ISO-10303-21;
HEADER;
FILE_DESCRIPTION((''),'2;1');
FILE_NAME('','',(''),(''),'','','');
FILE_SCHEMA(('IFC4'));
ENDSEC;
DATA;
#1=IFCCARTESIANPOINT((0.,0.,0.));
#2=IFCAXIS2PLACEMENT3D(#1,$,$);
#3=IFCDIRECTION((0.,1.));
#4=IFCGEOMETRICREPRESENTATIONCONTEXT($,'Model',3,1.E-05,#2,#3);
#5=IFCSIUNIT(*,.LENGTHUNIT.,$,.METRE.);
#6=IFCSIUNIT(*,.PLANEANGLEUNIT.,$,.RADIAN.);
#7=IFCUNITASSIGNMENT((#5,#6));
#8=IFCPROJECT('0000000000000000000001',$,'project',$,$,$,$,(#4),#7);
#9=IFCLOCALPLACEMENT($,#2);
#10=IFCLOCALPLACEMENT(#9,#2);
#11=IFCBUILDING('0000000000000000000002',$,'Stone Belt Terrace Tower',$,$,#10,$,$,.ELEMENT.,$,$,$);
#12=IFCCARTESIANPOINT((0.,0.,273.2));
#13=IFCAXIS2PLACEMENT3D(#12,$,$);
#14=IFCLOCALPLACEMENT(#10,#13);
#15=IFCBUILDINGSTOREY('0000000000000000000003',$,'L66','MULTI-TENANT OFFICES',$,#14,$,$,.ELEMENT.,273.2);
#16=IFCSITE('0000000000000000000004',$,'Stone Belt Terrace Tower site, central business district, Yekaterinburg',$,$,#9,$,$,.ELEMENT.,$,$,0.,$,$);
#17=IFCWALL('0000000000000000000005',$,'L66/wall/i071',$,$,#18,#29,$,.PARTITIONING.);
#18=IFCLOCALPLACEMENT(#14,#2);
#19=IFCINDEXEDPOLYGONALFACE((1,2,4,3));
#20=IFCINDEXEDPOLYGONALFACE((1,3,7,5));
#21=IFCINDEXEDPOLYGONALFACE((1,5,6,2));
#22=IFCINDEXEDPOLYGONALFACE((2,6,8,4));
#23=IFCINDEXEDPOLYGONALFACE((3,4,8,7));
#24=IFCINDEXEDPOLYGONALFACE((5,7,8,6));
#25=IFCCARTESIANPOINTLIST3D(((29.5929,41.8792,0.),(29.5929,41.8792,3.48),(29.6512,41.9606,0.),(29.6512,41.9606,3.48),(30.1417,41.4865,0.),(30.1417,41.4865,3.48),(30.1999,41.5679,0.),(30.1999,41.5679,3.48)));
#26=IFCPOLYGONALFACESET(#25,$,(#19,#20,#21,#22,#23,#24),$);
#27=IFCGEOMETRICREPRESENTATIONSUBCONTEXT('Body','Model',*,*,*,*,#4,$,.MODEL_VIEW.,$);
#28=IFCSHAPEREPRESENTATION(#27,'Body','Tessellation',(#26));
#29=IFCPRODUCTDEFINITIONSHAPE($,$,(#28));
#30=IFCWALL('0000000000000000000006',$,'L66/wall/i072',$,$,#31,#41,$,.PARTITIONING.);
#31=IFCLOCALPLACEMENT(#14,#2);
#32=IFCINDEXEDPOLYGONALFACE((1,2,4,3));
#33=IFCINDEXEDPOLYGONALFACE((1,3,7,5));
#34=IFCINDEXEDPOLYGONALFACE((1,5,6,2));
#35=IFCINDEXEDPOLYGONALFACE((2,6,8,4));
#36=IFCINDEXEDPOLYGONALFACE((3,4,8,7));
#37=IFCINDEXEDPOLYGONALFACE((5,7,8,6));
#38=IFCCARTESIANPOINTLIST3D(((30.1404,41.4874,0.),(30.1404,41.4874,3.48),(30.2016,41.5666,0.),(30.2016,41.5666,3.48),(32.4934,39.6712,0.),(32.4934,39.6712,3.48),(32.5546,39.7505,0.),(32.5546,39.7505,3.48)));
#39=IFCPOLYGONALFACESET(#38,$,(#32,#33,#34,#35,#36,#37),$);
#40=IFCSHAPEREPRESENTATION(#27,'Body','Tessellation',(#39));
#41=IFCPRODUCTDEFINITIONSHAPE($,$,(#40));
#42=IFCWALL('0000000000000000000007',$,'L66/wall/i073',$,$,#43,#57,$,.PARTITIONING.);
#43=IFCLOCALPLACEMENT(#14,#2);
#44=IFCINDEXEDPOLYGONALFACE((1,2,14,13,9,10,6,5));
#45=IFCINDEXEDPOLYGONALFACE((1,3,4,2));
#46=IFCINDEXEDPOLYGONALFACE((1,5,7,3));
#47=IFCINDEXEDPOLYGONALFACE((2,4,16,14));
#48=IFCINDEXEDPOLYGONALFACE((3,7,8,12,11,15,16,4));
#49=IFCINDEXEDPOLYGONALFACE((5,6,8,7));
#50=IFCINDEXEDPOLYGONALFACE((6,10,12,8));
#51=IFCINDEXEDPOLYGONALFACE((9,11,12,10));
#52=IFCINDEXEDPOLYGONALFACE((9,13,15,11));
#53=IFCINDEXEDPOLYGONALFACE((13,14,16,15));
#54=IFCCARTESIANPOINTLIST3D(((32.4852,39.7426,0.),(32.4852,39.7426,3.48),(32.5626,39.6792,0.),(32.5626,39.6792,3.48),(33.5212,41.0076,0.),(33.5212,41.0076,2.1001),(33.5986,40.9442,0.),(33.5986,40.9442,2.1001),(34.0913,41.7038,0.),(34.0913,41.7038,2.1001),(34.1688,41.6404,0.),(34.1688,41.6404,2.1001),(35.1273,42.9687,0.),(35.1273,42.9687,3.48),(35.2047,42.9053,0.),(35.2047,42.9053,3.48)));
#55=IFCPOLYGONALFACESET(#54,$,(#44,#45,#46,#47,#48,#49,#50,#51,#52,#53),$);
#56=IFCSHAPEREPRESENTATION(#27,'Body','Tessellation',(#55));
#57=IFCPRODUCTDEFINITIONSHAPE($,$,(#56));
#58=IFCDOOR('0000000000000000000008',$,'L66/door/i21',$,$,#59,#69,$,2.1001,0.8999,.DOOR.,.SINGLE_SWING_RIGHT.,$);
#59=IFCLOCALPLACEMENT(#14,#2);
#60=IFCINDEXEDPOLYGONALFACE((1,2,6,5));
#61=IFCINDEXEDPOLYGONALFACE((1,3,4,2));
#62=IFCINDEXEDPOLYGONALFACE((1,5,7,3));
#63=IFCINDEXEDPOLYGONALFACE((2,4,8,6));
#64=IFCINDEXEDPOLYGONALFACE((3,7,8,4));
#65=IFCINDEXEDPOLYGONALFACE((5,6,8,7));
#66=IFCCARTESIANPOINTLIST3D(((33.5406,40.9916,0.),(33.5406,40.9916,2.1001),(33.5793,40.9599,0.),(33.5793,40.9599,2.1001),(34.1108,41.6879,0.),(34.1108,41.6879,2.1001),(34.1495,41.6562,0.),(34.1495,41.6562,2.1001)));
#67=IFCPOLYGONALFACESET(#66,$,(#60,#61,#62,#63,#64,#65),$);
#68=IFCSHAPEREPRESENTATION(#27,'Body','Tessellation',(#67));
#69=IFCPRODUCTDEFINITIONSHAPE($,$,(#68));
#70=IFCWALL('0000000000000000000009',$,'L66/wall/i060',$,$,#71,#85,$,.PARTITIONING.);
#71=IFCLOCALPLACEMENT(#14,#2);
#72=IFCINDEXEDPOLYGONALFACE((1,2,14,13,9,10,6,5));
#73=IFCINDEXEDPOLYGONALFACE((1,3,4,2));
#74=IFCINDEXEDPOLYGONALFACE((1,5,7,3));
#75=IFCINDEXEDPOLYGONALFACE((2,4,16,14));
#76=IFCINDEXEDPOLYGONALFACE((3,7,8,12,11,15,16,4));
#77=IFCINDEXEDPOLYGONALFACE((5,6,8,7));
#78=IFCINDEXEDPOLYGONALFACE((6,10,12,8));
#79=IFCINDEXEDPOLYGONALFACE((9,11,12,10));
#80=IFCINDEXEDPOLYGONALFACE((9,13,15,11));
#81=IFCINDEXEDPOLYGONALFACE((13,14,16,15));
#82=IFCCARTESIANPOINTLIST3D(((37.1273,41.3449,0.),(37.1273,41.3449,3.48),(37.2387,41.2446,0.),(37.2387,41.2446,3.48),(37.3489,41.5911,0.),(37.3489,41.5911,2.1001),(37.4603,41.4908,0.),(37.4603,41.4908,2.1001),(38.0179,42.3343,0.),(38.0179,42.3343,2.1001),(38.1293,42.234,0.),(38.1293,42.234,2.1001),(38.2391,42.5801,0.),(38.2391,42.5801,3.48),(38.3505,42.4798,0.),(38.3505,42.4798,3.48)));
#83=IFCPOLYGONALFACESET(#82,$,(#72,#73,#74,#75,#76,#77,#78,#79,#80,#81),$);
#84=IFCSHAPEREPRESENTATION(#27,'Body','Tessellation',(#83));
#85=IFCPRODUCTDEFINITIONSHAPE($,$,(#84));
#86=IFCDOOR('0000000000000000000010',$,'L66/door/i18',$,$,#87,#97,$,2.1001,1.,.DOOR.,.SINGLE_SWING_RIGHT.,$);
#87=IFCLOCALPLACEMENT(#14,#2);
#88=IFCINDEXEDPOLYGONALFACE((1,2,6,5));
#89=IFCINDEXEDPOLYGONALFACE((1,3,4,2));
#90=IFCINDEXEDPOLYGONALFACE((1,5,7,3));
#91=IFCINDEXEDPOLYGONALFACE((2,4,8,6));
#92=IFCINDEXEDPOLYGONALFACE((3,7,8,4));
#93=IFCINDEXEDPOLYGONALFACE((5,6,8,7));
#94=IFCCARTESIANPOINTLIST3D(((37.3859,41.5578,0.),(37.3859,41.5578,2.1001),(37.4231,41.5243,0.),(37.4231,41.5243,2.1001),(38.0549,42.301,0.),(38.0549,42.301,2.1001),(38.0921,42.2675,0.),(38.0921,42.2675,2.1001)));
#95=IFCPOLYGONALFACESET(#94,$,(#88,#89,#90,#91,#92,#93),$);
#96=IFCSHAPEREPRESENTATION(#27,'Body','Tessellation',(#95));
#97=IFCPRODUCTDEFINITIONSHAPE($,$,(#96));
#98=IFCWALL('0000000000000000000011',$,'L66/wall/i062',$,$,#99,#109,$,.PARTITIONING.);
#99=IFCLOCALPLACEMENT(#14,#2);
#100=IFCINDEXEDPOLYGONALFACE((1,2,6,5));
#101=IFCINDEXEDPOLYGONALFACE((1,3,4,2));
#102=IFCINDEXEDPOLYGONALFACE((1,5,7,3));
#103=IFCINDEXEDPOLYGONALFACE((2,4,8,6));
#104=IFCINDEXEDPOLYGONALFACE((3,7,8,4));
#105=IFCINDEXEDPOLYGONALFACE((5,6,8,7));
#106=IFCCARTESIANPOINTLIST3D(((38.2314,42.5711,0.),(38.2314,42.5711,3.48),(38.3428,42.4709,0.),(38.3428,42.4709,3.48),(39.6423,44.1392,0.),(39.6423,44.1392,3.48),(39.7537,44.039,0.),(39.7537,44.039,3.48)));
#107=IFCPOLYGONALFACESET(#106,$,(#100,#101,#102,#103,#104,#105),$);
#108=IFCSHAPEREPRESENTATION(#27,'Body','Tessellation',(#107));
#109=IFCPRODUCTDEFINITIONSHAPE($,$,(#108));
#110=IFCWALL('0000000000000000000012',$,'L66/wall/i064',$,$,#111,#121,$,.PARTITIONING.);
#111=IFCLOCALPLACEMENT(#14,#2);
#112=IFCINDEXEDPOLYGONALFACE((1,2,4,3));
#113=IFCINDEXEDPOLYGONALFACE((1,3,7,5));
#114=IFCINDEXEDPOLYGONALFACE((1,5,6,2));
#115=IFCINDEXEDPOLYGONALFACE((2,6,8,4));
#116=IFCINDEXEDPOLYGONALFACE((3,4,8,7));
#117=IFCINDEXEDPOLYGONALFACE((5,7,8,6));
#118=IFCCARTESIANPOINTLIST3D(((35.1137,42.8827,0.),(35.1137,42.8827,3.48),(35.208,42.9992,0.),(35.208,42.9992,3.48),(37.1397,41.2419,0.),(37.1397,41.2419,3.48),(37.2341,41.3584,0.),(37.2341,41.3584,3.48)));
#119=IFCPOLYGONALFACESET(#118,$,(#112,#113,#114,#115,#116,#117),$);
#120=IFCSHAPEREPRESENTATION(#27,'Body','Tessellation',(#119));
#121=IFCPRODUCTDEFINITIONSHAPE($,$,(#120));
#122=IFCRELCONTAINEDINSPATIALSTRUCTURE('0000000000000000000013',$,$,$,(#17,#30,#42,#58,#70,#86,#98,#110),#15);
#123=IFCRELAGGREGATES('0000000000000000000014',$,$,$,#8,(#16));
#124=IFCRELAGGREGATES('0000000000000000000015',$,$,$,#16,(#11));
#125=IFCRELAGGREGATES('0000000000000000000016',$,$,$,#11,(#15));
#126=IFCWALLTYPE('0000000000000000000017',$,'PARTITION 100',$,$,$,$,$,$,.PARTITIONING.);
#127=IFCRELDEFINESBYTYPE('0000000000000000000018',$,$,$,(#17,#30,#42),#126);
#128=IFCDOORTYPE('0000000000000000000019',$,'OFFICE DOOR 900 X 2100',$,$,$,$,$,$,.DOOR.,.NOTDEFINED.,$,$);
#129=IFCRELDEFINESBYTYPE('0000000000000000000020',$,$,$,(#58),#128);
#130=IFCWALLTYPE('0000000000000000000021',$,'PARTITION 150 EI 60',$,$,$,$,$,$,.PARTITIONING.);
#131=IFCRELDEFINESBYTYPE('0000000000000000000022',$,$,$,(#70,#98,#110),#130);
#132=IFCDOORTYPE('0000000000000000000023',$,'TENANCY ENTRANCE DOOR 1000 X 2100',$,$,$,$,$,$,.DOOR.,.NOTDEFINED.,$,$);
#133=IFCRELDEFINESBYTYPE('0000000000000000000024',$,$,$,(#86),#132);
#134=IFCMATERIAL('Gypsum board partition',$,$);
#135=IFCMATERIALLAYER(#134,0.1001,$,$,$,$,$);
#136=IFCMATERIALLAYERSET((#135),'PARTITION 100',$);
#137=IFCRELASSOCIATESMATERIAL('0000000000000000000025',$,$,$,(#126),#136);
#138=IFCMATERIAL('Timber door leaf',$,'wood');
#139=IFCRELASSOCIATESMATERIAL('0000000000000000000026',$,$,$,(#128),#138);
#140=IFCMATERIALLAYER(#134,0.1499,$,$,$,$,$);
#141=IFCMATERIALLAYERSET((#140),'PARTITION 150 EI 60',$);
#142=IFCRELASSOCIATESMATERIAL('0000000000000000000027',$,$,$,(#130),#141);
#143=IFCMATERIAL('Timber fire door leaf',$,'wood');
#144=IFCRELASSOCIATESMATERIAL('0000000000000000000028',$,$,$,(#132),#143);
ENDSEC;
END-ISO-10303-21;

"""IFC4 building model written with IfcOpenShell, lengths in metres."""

from ifc_helpers import new_model, si_unit, direction, frame, frame_2d, origin, place, context, subcontext, project, spatial, rectangle, extrude, material, layer, layer_set, type_object, element, fill, save


model = new_model("IFC4")

# Units and contexts
model_context = context("Model", 3, precision=1e-05, world=origin(), true_north=direction((0.0, 1.0)))
body_context = subcontext(model_context, "Body", "Model", "MODEL_VIEW")
ifc_project = project(units=[si_unit("LENGTHUNIT", "METRE"), si_unit("PLANEANGLEUNIT", "RADIAN")], contexts=[model_context])

# Site, building, storey
site_placement = place(None, origin())
site = spatial("IfcSite", under=ifc_project, at=site_placement, Name="Stone Belt Terrace Tower site, central business district, Yekaterinburg", CompositionType="ELEMENT", RefElevation=0.0)
building_placement = place(site_placement, origin())
building = spatial("IfcBuilding", under=site, at=building_placement, Name="Stone Belt Terrace Tower", CompositionType="ELEMENT")
storey_placement = place(building_placement, frame((0.0, 0.0, 273.2)))
storey = spatial("IfcBuildingStorey", under=building, at=storey_placement, Name="L66", Description="MULTI-TENANT OFFICES", CompositionType="ELEMENT", Elevation=273.2)

# Walls
ifc_material_1 = material(Name="Gypsum board partition")
ifc_layer_1 = layer(ifc_material_1, 0.1001)
ifc_layer_set_1 = layer_set([ifc_layer_1], Name="PARTITION 100")
wall_type_1 = type_object("IfcWallType", Name="PARTITION 100", PredefinedType="PARTITIONING", material=ifc_layer_set_1)
wall_1_placement = place(storey_placement, frame((29.6221, 41.9199, 0.0), z_axis=(0.0, 0.0, 1.0), x_axis=(0.813171, -0.582025, 0.0)))
element("IfcWall", 1, at=wall_1_placement, inside=storey, type_object=wall_type_1, Name="L66/wall/i071", PredefinedType="PARTITIONING", context=body_context, shape_type="SweptSolid", body=[
    extrude(rectangle(XDim=0.6748, YDim=0.1001, at=frame_2d((0.3374, 0.0))), origin(), (0.0, 0.0, 1.0), 3.48),
])
wall_2_placement = place(storey_placement, frame((30.1709, 41.5271, 0.0), z_axis=(0.0, 0.0, 1.0), x_axis=(0.791624, -0.611008, 0.0)))
element("IfcWall", 2, at=wall_2_placement, inside=storey, type_object=wall_type_1, Name="L66/wall/i072", PredefinedType="PARTITIONING", context=body_context, shape_type="SweptSolid", body=[
    extrude(rectangle(XDim=2.9724, YDim=0.1001, at=frame_2d((1.4863, 0.0))), origin(), (0.0, 0.0, 1.0), 3.48),
])

# Walls, openings, doors
wall_3_placement = place(storey_placement, frame((32.5239, 39.7109, 0.0), z_axis=(0.0, 0.0, 1.0), x_axis=(0.633608, 0.773655, 0.0)))
wall_3 = element("IfcWall", 3, at=wall_3_placement, inside=storey, type_object=wall_type_1, Name="L66/wall/i073", PredefinedType="PARTITIONING", context=body_context, shape_type="SweptSolid", body=[
    extrude(rectangle(XDim=4.1699, YDim=0.1001, at=frame_2d((2.085, 0.0))), origin(), (0.0, 0.0, 1.0), 3.48),
])
opening_1_placement = place(wall_3_placement, frame((1.635, 0.0, 0.0)))
opening_1 = element("IfcOpeningElement", 4, at=opening_1_placement, cuts=wall_3, PredefinedType="OPENING", context=body_context, shape_type="SweptSolid", body=[
    extrude(rectangle(XDim=0.8999, YDim=2.1001, at=frame_2d((0.45, 1.05))), frame((0.0, 0.0601, 0.0), z_axis=(0.0, -1.0, 0.0), x_axis=(1.0, 0.0, 0.0)), (0.0, 0.0, 1.0), 0.1201),
])
ifc_material_2 = material(Name="Timber door leaf", Category="wood")
door_type_1 = type_object("IfcDoorType", Name="OFFICE DOOR 900 X 2100", OperationType="NOTDEFINED", PredefinedType="DOOR", material=ifc_material_2)
door_1_placement = place(opening_1_placement, origin())
door_1 = element("IfcDoor", 5, at=door_1_placement, inside=storey, type_object=door_type_1, Name="L66/door/i21", OperationType="SINGLE_SWING_RIGHT", OverallHeight=2.1001, OverallWidth=0.8999, PredefinedType="DOOR", context=body_context, shape_type="SweptSolid", body=[
    extrude(rectangle(XDim=0.8999, YDim=2.1001, at=frame_2d((0.45, 1.05))), frame((0.0, 0.0249, 0.0), z_axis=(0.0, -1.0, 0.0), x_axis=(1.0, 0.0, 0.0)), (0.0, 0.0, 1.0), 0.05),
])
fill(opening_1, door_1)
ifc_layer_2 = layer(ifc_material_1, 0.1499)
ifc_layer_set_2 = layer_set([ifc_layer_2], Name="PARTITION 150 EI 60")
wall_type_2 = type_object("IfcWallType", Name="PARTITION 150 EI 60", PredefinedType="PARTITIONING", material=ifc_layer_set_2)
wall_4_placement = place(storey_placement, frame((38.2949, 42.53, 0.0), z_axis=(0.0, 0.0, 1.0), x_axis=(-0.669038, -0.743228, 0.0)))
wall_4 = element("IfcWall", 6, at=wall_4_placement, inside=storey, type_object=wall_type_2, Name="L66/wall/i060", PredefinedType="PARTITIONING", context=body_context, shape_type="SweptSolid", body=[
    extrude(rectangle(XDim=1.6619, YDim=0.1499, at=frame_2d((0.8311, 0.0))), origin(), (0.0, 0.0, 1.0), 3.48),
])
opening_2_placement = place(wall_4_placement, frame((0.3308, 0.0, 0.0)))
opening_2 = element("IfcOpeningElement", 7, at=opening_2_placement, cuts=wall_4, PredefinedType="OPENING", context=body_context, shape_type="SweptSolid", body=[
    extrude(rectangle(XDim=1.0, YDim=2.1001, at=frame_2d((0.5, 1.05))), frame((0.0, 0.085, 0.0), z_axis=(0.0, -1.0, 0.0), x_axis=(1.0, 0.0, 0.0)), (0.0, 0.0, 1.0), 0.1699),
])
ifc_material_3 = material(Name="Timber fire door leaf", Category="wood")
door_type_2 = type_object("IfcDoorType", Name="TENANCY ENTRANCE DOOR 1000 X 2100", OperationType="NOTDEFINED", PredefinedType="DOOR", material=ifc_material_3)
door_2_placement = place(opening_2_placement, origin())
door_2 = element("IfcDoor", 8, at=door_2_placement, inside=storey, type_object=door_type_2, Name="L66/door/i18", OperationType="SINGLE_SWING_RIGHT", OverallHeight=2.1001, OverallWidth=1.0, PredefinedType="DOOR", context=body_context, shape_type="SweptSolid", body=[
    extrude(rectangle(XDim=1.0, YDim=2.1001, at=frame_2d((0.5, 1.05))), frame((0.0, 0.0249, 0.0), z_axis=(0.0, -1.0, 0.0), x_axis=(1.0, 0.0, 0.0)), (0.0, 0.0, 1.0), 0.05),
])
fill(opening_2, door_2)

# Walls
wall_5_placement = place(storey_placement, frame((38.2871, 42.521, 0.0), z_axis=(0.0, 0.0, 1.0), x_axis=(0.668856, 0.743392, 0.0)))
element("IfcWall", 9, at=wall_5_placement, inside=storey, type_object=wall_type_2, Name="L66/wall/i062", PredefinedType="PARTITIONING", context=body_context, shape_type="SweptSolid", body=[
    extrude(rectangle(XDim=2.1094, YDim=0.1499, at=frame_2d((1.0547, 0.0))), origin(), (0.0, 0.0, 1.0), 3.48),
])
wall_6_placement = place(storey_placement, frame((37.187, 41.3, 0.0), z_axis=(0.0, 0.0, 1.0), x_axis=(-0.777118, 0.629354, 0.0)))
element("IfcWall", 10, at=wall_6_placement, inside=storey, type_object=wall_type_2, Name="L66/wall/i064", PredefinedType="PARTITIONING", context=body_context, shape_type="SweptSolid", body=[
    extrude(rectangle(XDim=2.6072, YDim=0.1499, at=frame_2d((1.3037, 0.0))), origin(), (0.0, 0.0, 1.0), 3.48),
])

save(model, "model.ifc")
